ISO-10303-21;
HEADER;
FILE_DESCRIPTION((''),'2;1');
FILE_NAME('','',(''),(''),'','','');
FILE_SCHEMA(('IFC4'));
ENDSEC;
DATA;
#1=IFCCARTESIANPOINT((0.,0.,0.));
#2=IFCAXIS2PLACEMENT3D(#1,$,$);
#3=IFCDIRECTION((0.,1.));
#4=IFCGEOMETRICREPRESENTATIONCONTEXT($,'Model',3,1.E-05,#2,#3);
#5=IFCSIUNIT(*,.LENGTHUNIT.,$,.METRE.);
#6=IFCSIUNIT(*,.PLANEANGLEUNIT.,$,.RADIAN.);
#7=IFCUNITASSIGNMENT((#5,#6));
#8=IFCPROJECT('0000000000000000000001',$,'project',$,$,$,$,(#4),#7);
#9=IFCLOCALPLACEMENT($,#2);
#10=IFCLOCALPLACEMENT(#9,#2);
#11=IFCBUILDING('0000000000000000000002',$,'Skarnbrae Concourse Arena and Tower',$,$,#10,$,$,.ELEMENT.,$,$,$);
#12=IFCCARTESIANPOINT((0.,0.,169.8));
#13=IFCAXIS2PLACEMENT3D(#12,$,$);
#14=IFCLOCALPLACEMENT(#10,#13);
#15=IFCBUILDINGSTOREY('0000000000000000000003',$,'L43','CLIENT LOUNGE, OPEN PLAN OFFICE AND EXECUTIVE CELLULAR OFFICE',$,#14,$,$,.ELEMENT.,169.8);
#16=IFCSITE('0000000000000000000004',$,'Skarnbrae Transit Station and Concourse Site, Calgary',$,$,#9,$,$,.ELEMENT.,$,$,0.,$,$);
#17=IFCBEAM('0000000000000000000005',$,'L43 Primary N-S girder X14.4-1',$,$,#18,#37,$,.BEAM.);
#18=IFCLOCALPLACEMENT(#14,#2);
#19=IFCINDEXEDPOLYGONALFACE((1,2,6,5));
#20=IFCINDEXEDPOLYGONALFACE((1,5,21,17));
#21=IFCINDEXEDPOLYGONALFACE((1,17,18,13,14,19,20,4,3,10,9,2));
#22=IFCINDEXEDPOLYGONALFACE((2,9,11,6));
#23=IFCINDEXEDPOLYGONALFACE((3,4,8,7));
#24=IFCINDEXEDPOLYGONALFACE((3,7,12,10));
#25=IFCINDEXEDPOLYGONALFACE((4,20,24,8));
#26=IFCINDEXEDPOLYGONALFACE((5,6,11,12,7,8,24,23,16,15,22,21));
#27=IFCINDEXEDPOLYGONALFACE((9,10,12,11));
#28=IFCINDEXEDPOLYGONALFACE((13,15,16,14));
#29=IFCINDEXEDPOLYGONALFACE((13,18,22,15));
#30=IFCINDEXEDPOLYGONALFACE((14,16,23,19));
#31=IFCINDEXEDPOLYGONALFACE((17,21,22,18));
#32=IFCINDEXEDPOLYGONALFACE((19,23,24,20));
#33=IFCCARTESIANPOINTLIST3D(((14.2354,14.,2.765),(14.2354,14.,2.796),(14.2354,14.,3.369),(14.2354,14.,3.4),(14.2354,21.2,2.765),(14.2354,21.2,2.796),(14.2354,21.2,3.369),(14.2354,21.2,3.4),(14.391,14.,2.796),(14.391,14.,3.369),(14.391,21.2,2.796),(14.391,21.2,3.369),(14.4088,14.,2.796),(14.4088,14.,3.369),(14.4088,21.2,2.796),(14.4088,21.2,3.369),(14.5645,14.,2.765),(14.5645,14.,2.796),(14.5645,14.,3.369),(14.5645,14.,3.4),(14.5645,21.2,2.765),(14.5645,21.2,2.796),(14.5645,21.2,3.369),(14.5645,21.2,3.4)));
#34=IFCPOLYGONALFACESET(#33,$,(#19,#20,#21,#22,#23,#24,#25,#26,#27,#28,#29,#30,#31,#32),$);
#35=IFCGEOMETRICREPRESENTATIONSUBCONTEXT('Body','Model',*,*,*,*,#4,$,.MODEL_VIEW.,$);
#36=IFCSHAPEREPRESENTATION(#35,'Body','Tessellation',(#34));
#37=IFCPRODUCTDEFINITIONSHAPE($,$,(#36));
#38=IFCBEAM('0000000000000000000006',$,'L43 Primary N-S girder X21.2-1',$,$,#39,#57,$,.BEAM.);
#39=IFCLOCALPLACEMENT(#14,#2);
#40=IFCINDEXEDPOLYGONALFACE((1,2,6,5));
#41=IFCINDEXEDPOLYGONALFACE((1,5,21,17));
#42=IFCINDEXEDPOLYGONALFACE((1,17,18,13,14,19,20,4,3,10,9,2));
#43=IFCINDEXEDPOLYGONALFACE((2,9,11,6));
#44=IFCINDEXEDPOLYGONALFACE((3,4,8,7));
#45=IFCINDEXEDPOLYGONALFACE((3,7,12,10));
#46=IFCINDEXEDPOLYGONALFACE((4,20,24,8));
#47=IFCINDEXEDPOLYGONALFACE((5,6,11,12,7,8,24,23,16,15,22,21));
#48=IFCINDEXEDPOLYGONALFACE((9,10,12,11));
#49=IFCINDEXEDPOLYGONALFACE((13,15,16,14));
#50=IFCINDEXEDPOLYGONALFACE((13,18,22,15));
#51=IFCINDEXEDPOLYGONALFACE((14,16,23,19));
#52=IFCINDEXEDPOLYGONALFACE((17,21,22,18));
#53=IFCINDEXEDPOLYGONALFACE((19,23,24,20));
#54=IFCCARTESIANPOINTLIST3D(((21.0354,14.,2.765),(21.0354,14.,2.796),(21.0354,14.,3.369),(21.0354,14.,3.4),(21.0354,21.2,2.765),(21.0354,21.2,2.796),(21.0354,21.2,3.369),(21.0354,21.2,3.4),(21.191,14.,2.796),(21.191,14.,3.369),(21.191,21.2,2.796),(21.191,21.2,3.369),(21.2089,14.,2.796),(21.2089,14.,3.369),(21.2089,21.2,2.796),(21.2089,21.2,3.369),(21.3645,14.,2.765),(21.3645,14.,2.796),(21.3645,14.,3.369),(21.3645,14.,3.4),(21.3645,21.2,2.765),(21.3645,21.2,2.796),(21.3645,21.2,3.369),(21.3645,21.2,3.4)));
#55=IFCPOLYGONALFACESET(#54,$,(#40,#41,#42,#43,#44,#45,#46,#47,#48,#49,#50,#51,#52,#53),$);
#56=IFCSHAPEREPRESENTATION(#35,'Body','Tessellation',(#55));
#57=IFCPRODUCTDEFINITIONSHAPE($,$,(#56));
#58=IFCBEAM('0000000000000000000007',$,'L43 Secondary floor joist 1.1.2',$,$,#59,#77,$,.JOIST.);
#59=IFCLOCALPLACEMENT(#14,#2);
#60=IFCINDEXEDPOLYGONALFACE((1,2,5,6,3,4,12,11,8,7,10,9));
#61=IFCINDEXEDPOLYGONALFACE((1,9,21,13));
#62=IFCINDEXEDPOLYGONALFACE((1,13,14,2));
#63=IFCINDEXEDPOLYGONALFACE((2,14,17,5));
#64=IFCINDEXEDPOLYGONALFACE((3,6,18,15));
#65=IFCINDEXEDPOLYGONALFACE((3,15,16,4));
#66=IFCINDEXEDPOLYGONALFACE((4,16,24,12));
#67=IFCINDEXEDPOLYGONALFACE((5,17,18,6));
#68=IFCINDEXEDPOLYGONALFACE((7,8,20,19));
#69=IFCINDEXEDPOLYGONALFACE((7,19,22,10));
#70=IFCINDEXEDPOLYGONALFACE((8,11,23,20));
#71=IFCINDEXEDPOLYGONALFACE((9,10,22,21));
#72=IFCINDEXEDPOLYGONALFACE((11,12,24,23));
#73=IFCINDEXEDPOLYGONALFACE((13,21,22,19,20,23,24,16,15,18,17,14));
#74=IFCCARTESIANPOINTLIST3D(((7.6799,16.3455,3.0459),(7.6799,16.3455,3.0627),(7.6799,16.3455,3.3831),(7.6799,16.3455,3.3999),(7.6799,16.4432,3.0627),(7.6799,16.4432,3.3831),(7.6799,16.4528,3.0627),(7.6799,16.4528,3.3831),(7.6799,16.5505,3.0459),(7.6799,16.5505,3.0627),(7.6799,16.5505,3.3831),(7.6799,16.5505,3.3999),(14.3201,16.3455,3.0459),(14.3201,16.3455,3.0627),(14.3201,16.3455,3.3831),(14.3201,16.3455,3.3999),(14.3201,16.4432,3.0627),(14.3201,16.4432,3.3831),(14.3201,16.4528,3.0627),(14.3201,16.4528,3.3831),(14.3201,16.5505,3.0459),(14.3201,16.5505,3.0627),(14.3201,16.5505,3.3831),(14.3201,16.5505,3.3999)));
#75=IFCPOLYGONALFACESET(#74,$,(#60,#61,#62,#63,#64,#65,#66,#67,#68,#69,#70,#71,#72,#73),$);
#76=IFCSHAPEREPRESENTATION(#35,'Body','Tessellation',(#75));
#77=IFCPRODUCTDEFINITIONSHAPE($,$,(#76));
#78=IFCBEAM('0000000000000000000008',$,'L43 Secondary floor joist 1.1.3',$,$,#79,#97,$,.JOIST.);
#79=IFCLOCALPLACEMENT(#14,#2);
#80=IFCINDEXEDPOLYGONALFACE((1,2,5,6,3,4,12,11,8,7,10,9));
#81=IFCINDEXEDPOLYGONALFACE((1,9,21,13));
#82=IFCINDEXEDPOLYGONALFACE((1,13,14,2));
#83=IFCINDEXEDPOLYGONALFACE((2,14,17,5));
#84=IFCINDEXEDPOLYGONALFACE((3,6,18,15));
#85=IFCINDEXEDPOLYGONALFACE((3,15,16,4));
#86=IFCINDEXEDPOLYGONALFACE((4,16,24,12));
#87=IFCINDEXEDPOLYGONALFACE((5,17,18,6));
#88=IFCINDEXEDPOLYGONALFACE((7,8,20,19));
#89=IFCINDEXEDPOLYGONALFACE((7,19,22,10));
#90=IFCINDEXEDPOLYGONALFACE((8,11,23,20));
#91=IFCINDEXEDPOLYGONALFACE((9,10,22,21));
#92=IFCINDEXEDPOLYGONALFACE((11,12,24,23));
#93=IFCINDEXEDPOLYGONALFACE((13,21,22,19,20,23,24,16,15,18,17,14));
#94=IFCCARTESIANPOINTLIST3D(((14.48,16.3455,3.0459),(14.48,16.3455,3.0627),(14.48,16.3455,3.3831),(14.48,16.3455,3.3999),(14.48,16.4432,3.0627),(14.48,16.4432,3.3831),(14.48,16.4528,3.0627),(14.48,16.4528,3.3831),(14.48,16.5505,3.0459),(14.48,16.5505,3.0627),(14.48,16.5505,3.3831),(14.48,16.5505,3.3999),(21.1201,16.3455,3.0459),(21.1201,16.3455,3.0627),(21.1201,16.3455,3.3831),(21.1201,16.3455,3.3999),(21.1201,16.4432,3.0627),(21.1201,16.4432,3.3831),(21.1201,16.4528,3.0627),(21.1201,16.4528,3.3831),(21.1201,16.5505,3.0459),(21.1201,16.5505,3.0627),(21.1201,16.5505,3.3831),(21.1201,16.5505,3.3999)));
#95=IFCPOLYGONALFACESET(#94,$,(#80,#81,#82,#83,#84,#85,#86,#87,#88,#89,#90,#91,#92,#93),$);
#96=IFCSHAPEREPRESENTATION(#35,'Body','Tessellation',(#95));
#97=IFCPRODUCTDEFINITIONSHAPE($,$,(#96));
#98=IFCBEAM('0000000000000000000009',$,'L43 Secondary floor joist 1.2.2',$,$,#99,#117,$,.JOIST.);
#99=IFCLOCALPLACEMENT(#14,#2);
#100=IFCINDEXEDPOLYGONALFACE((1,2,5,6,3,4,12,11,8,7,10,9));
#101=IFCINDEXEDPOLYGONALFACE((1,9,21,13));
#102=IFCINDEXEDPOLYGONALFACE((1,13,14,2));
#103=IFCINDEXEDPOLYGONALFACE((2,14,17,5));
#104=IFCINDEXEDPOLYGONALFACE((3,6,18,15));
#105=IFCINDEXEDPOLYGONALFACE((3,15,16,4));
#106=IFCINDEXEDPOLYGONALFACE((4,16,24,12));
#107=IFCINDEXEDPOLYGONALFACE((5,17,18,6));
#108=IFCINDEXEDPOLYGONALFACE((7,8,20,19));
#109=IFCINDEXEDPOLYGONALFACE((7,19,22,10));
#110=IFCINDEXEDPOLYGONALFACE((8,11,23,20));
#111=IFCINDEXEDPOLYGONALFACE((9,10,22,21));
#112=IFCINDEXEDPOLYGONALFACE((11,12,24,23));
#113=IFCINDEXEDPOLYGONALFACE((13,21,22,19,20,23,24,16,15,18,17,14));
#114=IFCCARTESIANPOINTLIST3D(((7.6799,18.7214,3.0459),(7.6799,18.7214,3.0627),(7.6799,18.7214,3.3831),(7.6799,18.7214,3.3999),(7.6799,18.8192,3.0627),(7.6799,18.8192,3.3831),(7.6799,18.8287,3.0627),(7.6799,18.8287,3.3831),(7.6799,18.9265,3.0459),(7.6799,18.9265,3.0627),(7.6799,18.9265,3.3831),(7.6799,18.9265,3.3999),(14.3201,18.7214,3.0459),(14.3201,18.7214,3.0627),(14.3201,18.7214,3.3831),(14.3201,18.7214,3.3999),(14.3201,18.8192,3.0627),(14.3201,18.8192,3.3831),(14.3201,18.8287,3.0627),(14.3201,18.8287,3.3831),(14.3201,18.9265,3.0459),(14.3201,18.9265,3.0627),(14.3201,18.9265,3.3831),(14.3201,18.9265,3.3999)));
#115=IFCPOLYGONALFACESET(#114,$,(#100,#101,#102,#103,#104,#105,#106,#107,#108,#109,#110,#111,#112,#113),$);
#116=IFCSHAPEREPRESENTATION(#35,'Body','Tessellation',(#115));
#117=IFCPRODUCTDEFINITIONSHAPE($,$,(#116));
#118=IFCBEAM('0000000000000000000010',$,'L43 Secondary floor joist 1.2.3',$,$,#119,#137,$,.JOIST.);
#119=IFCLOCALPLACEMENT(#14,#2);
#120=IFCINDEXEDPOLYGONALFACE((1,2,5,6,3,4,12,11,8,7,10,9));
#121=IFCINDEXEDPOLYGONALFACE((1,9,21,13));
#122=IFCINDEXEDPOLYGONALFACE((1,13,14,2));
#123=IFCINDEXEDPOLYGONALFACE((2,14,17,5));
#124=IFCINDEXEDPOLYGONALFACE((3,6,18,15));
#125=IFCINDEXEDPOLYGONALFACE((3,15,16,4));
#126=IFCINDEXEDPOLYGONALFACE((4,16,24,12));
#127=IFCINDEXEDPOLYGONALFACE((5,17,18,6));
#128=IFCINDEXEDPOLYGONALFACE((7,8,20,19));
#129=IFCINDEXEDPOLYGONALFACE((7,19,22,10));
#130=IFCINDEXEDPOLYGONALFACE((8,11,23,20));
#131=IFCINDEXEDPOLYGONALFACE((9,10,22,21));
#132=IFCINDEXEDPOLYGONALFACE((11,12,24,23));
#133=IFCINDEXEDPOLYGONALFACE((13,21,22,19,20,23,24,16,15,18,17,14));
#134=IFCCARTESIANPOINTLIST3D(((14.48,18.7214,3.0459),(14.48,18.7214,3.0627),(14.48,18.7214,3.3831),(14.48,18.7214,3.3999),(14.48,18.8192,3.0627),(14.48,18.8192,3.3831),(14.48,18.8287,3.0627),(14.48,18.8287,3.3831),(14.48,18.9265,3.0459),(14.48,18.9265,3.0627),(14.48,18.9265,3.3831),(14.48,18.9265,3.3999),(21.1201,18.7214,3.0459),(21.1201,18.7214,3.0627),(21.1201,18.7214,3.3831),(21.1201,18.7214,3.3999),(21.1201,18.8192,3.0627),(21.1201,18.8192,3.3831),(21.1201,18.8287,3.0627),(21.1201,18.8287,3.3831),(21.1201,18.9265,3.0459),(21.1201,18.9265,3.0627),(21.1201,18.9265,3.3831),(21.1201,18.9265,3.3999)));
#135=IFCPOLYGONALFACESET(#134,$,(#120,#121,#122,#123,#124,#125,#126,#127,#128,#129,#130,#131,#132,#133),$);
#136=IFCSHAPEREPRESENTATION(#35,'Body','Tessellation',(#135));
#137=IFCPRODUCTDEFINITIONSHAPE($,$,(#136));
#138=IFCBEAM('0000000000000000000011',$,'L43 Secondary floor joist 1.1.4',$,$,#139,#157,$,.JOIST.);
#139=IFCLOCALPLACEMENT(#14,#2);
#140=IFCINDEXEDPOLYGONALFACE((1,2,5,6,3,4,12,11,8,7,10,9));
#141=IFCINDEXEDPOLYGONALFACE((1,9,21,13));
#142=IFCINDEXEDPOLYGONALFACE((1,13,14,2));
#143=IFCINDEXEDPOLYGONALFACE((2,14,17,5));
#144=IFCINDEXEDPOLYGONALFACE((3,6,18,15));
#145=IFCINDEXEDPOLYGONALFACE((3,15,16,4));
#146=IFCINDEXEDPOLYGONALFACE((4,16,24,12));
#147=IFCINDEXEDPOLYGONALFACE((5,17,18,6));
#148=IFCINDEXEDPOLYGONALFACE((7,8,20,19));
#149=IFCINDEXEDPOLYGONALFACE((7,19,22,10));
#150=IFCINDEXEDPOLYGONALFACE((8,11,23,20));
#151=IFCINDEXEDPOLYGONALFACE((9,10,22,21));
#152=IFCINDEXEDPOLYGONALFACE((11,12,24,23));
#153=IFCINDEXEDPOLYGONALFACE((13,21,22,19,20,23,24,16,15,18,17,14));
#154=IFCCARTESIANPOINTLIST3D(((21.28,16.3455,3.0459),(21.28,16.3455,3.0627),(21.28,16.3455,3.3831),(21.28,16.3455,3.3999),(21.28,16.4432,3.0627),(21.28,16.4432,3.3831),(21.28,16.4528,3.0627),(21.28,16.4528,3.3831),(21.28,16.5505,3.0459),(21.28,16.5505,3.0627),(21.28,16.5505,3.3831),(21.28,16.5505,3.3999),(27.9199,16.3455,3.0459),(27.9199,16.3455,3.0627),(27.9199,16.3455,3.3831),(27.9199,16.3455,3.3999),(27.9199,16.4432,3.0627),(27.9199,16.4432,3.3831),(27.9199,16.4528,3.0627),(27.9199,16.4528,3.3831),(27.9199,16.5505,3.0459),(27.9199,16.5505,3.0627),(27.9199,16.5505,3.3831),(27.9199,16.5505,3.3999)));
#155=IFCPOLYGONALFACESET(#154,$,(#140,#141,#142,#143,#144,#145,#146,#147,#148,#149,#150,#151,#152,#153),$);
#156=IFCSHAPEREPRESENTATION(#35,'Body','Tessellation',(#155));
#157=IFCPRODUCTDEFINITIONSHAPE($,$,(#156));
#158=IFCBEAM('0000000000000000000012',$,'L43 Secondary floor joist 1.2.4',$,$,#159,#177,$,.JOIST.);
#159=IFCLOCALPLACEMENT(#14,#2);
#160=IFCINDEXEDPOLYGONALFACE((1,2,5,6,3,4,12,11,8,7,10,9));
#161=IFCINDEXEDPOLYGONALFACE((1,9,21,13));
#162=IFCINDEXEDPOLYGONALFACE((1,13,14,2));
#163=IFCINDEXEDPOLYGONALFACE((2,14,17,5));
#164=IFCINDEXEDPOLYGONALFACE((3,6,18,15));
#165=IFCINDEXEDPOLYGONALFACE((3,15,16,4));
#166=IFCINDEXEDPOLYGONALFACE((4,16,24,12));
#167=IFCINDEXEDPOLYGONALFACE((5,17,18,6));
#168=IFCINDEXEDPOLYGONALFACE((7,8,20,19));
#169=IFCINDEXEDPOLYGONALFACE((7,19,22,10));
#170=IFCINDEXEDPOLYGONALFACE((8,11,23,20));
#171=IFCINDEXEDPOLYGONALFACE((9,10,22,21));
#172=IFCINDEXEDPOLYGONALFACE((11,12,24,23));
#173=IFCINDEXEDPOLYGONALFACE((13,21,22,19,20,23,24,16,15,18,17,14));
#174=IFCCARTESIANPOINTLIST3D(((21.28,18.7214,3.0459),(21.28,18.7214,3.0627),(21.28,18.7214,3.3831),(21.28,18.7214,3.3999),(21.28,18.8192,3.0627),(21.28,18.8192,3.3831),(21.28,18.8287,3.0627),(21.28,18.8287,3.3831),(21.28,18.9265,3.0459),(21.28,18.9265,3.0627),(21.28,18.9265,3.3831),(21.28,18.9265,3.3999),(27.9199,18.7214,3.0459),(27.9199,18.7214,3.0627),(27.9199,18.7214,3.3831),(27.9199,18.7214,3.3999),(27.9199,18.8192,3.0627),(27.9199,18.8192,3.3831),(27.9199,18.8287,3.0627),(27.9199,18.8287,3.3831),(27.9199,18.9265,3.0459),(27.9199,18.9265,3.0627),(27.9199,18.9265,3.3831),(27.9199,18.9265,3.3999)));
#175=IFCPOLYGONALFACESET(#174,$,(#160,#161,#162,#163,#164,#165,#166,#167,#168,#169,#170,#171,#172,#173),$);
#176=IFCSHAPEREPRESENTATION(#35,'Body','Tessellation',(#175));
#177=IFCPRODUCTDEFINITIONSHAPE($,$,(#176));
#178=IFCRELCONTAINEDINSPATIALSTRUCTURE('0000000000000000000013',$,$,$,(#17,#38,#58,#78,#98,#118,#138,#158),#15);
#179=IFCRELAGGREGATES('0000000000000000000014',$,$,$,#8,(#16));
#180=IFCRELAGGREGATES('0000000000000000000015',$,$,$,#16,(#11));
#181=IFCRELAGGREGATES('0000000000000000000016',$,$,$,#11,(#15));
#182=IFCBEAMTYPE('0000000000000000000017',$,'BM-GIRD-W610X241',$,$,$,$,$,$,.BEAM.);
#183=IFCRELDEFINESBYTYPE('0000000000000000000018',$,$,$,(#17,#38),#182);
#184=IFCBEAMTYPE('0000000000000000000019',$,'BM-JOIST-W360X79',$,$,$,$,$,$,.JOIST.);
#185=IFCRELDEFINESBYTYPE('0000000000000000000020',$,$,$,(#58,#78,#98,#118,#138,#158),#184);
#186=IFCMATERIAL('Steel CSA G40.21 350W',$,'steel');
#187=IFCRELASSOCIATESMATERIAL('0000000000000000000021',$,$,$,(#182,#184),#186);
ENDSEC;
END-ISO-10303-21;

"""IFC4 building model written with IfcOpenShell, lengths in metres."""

from ifc_helpers import new_model, si_unit, direction, frame, origin, origin_2d, place, context, subcontext, project, spatial, i_section, extrude, source, transform, mapped, material, material_profile, profile_set, type_object, element, save


model = new_model("IFC4")

# Units and contexts
model_context = context("Model", 3, precision=1e-05, world=origin(), true_north=direction((0.0, 1.0)))
body_context = subcontext(model_context, "Body", "Model", "MODEL_VIEW")
ifc_project = project(units=[si_unit("LENGTHUNIT", "METRE"), si_unit("PLANEANGLEUNIT", "RADIAN")], contexts=[model_context])

# Site, building, storey
site_placement = place(None, origin())
site = spatial("IfcSite", under=ifc_project, at=site_placement, Name="Skarnbrae Transit Station and Concourse Site, Calgary", CompositionType="ELEMENT", RefElevation=0.0)
building_placement = place(site_placement, origin())
building = spatial("IfcBuilding", under=site, at=building_placement, Name="Skarnbrae Concourse Arena and Tower", CompositionType="ELEMENT")
storey_placement = place(building_placement, frame((0.0, 0.0, 169.8)))
storey = spatial("IfcBuildingStorey", under=building, at=storey_placement, Name="L43", Description="CLIENT LOUNGE, OPEN PLAN OFFICE AND EXECUTIVE CELLULAR OFFICE", CompositionType="ELEMENT", Elevation=169.8)

# Shared definitions
ifc_material_1 = material(Name="Steel CSA G40.21 350W", Category="steel")

# Beams
ifc_material_profile_1 = material_profile(ifc_material_1, i_section(OverallWidth=0.3291, OverallDepth=0.635, WebThickness=0.0178, FlangeThickness=0.031, at=origin_2d()), Name="W610X241")
ifc_profile_set_1 = profile_set([ifc_material_profile_1], Name="Steel CSA G40.21 350W")
beam_type_1 = type_object("IfcBeamType", Name="BM-GIRD-W610X241", PredefinedType="BEAM", material=ifc_profile_set_1)
shared_shape_1 = source(origin(), body_context, "Body", "SweptSolid", [
    extrude(i_section(OverallWidth=0.3291, OverallDepth=0.635, WebThickness=0.0178, FlangeThickness=0.031, at=origin_2d()), origin(), (0.0, 0.0, 1.0), 7.2),
])
for number, where, z_axis, x_axis, name in (
    (1, (14.3999, 14.0, 3.0825), (0.0, 1.0, 0.0), (-1.0, 0.0, 0.0), "L43 Primary N-S girder X14.4-1"),
    (2, (21.2, 14.0, 3.0825), (0.0, 1.0, 0.0), (-1.0, 0.0, 0.0), "L43 Primary N-S girder X21.2-1"),
):
    element("IfcBeam", number, at=place(storey_placement, frame(where, z_axis=z_axis, x_axis=x_axis)), inside=storey, type_object=beam_type_1, Name=name, PredefinedType="BEAM", context=body_context, shape_type="MappedRepresentation", body=[
        mapped(shared_shape_1, transform((0.0, 0.0, 0.0))),
    ])
ifc_material_profile_2 = material_profile(ifc_material_1, i_section(OverallWidth=0.2051, OverallDepth=0.354, WebThickness=0.0095, FlangeThickness=0.0168, at=origin_2d()), Name="W360X79")
ifc_profile_set_2 = profile_set([ifc_material_profile_2], Name="Steel CSA G40.21 350W")
beam_type_2 = type_object("IfcBeamType", Name="BM-JOIST-W360X79", PredefinedType="JOIST", material=ifc_profile_set_2)
shared_shape_2 = source(origin(), body_context, "Body", "SweptSolid", [
    extrude(i_section(OverallWidth=0.2051, OverallDepth=0.354, WebThickness=0.0095, FlangeThickness=0.0168, at=origin_2d()), origin(), (0.0, 0.0, 1.0), 6.6401),
])
for number, where, z_axis, x_axis, name in (
    (3, (7.6799, 16.448, 3.2229), (1.0, 0.0, 0.0), (0.0, 1.0, 0.0), "L43 Secondary floor joist 1.1.2"),
    (4, (14.48, 16.448, 3.2229), (1.0, 0.0, 0.0), (0.0, 1.0, 0.0), "L43 Secondary floor joist 1.1.3"),
    (5, (7.6799, 18.824, 3.2229), (1.0, 0.0, 0.0), (0.0, 1.0, 0.0), "L43 Secondary floor joist 1.2.2"),
    (6, (14.48, 18.824, 3.2229), (1.0, 0.0, 0.0), (0.0, 1.0, 0.0), "L43 Secondary floor joist 1.2.3"),
):
    element("IfcBeam", number, at=place(storey_placement, frame(where, z_axis=z_axis, x_axis=x_axis)), inside=storey, type_object=beam_type_2, Name=name, PredefinedType="JOIST", context=body_context, shape_type="MappedRepresentation", body=[
        mapped(shared_shape_2, transform((0.0, 0.0, 0.0))),
    ])
shared_shape_3 = source(origin(), body_context, "Body", "SweptSolid", [
    extrude(i_section(OverallWidth=0.2051, OverallDepth=0.354, WebThickness=0.0095, FlangeThickness=0.0168, at=origin_2d()), origin(), (0.0, 0.0, 1.0), 6.6399),
])
for number, where, z_axis, x_axis, name in (
    (7, (21.28, 16.448, 3.2229), (1.0, 0.0, 0.0), (0.0, 1.0, 0.0), "L43 Secondary floor joist 1.1.4"),
    (8, (21.28, 18.824, 3.2229), (1.0, 0.0, 0.0), (0.0, 1.0, 0.0), "L43 Secondary floor joist 1.2.4"),
):
    element("IfcBeam", number, at=place(storey_placement, frame(where, z_axis=z_axis, x_axis=x_axis)), inside=storey, type_object=beam_type_2, Name=name, PredefinedType="JOIST", context=body_context, shape_type="MappedRepresentation", body=[
        mapped(shared_shape_3, transform((0.0, 0.0, 0.0))),
    ])

save(model, "model.ifc")
